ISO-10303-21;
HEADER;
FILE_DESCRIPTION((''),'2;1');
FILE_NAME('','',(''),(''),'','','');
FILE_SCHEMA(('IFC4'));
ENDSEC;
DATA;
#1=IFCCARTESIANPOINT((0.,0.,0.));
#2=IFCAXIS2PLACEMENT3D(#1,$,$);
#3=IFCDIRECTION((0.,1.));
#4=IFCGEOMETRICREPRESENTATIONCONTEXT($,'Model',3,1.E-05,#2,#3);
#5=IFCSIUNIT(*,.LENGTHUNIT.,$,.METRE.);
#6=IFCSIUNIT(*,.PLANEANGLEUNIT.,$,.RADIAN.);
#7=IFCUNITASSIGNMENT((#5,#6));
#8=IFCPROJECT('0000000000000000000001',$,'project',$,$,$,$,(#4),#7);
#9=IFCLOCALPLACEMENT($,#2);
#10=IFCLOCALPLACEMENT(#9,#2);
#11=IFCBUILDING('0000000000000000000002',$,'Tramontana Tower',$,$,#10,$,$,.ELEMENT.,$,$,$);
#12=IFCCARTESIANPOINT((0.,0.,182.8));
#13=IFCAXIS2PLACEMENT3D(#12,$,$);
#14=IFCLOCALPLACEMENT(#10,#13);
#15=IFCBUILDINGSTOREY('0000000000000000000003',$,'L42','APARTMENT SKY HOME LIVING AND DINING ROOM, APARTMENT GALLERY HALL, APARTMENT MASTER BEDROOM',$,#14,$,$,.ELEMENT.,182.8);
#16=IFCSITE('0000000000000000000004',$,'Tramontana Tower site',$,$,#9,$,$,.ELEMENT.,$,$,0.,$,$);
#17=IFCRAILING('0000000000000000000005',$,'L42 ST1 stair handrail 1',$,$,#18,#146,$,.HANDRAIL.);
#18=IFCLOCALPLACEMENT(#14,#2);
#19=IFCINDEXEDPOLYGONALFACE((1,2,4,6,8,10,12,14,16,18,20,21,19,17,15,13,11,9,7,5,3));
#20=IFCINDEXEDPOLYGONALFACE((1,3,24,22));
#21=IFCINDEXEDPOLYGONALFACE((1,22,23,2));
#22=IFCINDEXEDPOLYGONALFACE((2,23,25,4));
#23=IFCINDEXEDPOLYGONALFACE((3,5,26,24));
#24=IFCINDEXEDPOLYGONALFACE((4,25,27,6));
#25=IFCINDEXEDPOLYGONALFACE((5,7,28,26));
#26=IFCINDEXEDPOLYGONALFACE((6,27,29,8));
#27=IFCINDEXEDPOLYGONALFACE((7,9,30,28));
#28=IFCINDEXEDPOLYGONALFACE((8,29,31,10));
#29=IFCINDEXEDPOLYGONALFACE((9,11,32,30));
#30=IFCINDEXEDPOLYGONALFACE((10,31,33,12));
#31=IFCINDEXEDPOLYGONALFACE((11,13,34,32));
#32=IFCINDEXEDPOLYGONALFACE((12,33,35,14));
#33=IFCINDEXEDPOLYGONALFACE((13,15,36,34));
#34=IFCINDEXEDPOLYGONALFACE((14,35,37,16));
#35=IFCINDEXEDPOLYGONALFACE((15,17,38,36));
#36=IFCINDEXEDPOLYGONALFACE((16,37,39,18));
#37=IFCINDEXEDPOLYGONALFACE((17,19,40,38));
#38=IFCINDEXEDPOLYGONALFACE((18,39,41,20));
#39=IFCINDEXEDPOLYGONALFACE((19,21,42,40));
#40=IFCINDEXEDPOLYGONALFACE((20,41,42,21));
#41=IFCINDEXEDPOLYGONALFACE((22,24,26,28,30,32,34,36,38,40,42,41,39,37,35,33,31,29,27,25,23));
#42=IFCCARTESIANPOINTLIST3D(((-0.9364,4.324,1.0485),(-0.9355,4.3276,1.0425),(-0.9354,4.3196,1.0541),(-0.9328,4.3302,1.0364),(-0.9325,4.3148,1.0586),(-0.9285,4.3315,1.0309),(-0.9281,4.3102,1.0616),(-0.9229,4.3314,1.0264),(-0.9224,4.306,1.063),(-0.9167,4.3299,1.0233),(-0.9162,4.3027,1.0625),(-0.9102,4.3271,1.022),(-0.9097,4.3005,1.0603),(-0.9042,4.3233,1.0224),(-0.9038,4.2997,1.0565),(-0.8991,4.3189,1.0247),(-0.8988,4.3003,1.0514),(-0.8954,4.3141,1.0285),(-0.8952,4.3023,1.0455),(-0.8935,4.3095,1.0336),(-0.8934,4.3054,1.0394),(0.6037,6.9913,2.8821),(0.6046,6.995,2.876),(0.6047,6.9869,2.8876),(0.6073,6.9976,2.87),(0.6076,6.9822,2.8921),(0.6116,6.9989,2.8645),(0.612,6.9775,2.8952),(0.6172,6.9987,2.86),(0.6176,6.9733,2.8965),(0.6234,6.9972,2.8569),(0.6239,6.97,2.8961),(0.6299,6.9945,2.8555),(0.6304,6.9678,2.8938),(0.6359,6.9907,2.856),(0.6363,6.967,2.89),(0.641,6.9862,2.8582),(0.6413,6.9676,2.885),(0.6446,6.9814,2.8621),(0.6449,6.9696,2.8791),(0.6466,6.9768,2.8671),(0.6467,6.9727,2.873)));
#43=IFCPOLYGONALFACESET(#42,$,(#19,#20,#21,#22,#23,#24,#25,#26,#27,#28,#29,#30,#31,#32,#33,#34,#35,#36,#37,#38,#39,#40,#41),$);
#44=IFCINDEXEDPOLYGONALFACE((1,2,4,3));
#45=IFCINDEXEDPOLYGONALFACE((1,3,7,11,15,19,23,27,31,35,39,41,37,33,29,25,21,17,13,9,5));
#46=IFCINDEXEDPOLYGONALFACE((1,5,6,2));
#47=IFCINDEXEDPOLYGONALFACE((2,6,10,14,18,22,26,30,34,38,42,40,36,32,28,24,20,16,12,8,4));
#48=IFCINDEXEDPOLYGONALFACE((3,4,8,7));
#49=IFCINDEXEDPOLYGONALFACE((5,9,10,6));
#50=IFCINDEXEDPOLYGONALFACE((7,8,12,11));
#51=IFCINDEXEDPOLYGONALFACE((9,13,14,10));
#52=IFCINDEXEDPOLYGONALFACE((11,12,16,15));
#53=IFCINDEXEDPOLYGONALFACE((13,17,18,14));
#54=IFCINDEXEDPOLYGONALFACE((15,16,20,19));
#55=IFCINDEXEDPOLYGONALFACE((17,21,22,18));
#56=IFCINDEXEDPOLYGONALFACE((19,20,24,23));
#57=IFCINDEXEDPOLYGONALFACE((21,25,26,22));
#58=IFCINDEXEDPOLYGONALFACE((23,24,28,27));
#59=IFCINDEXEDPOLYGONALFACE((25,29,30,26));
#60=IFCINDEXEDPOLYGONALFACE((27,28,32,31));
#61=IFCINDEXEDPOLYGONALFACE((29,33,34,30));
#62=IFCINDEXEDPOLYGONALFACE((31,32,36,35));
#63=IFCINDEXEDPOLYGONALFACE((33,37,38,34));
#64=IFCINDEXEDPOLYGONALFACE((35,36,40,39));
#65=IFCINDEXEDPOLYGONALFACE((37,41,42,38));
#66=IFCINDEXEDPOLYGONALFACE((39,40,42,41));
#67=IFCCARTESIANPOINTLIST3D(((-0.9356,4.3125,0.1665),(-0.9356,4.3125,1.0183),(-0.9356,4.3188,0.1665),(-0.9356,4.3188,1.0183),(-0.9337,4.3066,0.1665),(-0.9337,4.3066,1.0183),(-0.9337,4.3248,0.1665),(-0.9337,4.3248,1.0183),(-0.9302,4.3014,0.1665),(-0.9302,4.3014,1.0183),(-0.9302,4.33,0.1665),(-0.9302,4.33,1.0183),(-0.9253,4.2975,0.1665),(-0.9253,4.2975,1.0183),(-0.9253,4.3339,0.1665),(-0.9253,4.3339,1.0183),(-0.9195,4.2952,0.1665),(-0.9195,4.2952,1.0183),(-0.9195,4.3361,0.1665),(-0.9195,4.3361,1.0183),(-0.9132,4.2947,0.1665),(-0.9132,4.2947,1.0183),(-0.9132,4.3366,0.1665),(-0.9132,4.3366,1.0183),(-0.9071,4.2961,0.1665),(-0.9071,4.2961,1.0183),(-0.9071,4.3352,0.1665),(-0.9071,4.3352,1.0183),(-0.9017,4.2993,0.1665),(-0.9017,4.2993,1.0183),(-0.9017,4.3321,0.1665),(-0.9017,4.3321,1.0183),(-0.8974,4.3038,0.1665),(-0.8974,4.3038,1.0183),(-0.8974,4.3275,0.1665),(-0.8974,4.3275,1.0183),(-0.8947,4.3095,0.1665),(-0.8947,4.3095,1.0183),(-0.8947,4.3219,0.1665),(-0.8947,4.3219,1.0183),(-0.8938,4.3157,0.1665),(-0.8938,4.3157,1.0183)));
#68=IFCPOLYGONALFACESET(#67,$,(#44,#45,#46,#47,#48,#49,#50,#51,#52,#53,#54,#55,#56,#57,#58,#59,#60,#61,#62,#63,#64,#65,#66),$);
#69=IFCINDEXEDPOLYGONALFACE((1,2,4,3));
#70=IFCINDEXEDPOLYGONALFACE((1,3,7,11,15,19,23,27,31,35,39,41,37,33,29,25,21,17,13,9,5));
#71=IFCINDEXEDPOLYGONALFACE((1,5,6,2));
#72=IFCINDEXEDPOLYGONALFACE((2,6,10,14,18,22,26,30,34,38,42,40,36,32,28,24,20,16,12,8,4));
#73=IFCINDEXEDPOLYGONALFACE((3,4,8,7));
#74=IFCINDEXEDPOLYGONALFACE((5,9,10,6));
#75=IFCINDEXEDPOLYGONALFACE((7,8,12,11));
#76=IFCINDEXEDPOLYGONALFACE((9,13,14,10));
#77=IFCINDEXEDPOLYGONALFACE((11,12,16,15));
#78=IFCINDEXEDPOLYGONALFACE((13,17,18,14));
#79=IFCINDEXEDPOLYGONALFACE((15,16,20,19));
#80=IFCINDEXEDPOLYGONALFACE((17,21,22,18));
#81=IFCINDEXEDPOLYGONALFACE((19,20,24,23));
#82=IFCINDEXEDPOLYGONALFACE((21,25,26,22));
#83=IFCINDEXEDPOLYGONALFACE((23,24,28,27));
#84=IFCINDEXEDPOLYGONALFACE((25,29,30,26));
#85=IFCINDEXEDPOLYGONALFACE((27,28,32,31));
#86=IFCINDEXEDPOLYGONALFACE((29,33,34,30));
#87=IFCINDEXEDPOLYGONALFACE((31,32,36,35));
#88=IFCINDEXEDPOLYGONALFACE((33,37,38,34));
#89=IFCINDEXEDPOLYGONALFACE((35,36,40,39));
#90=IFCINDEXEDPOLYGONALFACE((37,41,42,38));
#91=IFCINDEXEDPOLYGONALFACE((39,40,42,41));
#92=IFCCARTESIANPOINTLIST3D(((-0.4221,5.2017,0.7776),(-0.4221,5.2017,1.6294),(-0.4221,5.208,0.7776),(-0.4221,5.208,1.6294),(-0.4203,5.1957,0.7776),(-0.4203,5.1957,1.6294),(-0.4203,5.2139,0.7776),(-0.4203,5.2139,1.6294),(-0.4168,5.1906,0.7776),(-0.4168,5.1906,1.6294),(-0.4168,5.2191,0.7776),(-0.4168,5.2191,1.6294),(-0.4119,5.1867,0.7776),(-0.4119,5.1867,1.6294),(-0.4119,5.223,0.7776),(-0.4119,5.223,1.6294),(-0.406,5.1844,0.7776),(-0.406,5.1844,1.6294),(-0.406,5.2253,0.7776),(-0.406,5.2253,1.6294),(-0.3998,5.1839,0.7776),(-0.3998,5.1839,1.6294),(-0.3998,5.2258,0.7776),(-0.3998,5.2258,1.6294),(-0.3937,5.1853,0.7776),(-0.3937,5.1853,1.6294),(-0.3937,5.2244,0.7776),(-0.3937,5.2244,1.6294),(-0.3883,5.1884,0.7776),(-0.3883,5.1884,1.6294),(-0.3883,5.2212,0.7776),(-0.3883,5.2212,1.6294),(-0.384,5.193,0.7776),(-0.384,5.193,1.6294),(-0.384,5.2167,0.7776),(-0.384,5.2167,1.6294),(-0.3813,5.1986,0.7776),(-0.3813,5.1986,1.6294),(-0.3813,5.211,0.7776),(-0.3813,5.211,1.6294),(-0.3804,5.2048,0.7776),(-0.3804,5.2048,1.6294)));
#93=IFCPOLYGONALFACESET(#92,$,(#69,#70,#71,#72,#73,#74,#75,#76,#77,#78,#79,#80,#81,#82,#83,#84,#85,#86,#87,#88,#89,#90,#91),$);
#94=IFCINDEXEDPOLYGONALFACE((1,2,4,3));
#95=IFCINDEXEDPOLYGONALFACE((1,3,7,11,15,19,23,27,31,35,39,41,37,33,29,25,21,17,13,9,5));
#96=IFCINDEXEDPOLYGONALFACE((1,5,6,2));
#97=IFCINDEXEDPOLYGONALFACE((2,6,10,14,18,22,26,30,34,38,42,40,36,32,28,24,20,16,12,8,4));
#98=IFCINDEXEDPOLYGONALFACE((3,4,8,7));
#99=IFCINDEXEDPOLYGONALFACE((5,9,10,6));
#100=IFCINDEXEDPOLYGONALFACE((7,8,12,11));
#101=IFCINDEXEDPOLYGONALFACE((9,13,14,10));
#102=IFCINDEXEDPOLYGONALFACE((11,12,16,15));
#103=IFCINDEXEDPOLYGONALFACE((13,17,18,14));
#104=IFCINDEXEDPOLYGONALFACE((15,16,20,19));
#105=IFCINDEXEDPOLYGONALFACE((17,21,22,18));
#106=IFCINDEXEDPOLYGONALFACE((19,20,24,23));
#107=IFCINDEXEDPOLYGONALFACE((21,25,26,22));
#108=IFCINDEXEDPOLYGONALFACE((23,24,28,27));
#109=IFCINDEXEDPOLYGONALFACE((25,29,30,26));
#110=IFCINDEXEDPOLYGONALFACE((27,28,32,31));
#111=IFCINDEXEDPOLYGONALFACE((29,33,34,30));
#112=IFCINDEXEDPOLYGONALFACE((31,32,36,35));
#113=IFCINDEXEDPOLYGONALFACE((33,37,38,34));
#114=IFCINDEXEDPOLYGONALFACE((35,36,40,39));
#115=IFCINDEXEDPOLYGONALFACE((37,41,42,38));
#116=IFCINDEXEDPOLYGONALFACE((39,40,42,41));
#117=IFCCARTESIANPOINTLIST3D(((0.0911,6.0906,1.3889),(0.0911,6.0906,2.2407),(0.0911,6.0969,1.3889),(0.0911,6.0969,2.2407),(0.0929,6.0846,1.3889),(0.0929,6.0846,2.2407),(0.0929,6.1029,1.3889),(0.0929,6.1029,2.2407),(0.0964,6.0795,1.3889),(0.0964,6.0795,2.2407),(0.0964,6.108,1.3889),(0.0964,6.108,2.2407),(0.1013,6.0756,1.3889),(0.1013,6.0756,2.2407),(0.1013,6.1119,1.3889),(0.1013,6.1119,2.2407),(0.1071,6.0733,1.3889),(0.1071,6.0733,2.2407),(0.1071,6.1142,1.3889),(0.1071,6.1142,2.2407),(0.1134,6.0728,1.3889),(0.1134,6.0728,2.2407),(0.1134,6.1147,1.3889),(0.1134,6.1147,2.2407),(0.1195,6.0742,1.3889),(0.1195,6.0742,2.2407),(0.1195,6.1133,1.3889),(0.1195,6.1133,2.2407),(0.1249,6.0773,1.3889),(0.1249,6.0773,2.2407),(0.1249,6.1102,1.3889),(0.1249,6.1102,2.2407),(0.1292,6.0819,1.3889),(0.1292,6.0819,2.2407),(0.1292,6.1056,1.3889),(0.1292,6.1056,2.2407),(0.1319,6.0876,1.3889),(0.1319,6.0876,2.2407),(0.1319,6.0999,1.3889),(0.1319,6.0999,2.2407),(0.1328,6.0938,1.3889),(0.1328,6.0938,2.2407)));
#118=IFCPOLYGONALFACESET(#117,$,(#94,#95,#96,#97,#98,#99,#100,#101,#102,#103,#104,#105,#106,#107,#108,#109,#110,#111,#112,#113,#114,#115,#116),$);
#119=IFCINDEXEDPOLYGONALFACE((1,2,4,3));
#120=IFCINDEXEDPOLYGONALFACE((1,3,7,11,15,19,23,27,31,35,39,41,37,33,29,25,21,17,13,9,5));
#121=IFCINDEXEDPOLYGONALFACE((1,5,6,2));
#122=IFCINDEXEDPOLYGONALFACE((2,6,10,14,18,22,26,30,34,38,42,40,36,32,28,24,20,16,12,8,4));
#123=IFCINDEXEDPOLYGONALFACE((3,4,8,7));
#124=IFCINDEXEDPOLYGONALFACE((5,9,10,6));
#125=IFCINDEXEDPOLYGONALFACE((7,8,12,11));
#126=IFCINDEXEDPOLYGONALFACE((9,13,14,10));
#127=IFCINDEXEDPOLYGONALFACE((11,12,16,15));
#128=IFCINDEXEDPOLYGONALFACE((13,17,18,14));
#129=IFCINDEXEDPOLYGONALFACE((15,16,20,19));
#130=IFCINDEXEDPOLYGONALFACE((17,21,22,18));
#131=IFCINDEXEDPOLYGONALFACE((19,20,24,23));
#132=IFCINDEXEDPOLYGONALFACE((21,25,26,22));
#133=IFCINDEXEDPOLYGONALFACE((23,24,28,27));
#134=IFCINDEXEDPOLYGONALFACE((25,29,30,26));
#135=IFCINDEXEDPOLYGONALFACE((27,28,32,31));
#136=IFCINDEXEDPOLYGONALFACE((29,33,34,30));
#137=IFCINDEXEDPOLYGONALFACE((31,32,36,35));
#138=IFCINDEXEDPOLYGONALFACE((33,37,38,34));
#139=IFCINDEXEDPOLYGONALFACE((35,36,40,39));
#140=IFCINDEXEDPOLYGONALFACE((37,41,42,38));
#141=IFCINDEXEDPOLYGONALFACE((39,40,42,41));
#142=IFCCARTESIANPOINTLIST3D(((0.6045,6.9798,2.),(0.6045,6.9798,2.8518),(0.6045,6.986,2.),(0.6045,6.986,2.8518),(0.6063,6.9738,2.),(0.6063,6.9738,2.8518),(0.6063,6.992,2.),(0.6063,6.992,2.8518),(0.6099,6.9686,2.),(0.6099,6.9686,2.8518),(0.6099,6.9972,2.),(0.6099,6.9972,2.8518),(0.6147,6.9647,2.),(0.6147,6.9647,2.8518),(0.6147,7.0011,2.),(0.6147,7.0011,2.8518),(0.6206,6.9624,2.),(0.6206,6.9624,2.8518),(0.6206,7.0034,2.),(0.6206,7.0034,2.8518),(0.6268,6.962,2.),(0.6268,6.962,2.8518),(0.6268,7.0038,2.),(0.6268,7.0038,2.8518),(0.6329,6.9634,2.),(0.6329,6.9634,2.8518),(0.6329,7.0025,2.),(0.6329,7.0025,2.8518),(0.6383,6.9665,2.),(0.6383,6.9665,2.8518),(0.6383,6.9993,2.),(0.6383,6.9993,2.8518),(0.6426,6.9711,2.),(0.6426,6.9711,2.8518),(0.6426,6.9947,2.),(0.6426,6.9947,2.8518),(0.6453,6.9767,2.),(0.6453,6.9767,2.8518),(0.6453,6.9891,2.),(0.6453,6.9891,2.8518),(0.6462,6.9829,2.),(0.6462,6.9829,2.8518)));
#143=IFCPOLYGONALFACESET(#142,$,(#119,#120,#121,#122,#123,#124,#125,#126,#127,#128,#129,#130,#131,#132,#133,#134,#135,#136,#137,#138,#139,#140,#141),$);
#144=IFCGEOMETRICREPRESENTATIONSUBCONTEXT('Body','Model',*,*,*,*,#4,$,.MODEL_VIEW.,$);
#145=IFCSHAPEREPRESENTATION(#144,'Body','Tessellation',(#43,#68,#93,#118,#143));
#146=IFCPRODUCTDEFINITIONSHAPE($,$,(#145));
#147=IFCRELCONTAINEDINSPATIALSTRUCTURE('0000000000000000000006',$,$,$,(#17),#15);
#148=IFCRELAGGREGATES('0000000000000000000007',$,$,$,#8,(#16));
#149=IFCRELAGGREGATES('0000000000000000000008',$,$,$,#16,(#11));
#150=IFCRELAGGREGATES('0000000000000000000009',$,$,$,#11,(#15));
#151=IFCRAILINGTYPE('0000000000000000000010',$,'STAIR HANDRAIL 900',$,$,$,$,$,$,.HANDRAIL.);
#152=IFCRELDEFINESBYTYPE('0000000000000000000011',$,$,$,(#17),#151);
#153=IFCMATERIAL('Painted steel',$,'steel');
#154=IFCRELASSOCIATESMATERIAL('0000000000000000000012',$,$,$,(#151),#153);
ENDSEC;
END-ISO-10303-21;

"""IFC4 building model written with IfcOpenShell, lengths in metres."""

from ifc_helpers import new_model, si_unit, direction, frame, origin, origin_2d, place, context, subcontext, project, spatial, circle, extrude, material, type_object, element, save


model = new_model("IFC4")

# Units and contexts
model_context = context("Model", 3, precision=1e-05, world=origin(), true_north=direction((0.0, 1.0)))
body_context = subcontext(model_context, "Body", "Model", "MODEL_VIEW")
ifc_project = project(units=[si_unit("LENGTHUNIT", "METRE"), si_unit("PLANEANGLEUNIT", "RADIAN")], contexts=[model_context])

# Site, building, storey
site_placement = place(None, origin())
site = spatial("IfcSite", under=ifc_project, at=site_placement, Name="Tramontana Tower site", CompositionType="ELEMENT", RefElevation=0.0)
building_placement = place(site_placement, origin())
building = spatial("IfcBuilding", under=site, at=building_placement, Name="Tramontana Tower", CompositionType="ELEMENT")
storey_placement = place(building_placement, frame((0.0, 0.0, 182.8)))
storey = spatial("IfcBuildingStorey", under=building, at=storey_placement, Name="L42", Description="APARTMENT SKY HOME LIVING AND DINING ROOM, APARTMENT GALLERY HALL, APARTMENT MASTER BEDROOM", CompositionType="ELEMENT", Elevation=182.8)

# Railing
ifc_material_1 = material(Name="Painted steel", Category="steel")
railing_type_1 = type_object("IfcRailingType", Name="STAIR HANDRAIL 900", PredefinedType="HANDRAIL", material=ifc_material_1)
railing_1_placement = place(storey_placement, frame((-0.9148, 4.3157, 0.1665)))
element("IfcRailing", 1, at=railing_1_placement, inside=storey, type_object=railing_type_1, Name="L42 ST1 stair handrail 1", PredefinedType="HANDRAIL", context=body_context, shape_type="SweptSolid", body=[
    extrude(circle(Radius=0.0239, at=origin_2d()), frame((0.0, 0.0, 0.876), z_axis=(0.429656, 0.744134, 0.511528), x_axis=(-0.86601, 0.500027, 0.0)), (0.0, 0.0, 1.0), 3.5845),
    extrude(circle(Radius=0.021, at=origin_2d()), origin(), (0.0, 0.0, 1.0), 0.8518),
    extrude(circle(Radius=0.021, at=origin_2d()), frame((0.5134, 0.8892, 0.6111)), (0.0, 0.0, 1.0), 0.8518),
    extrude(circle(Radius=0.021, at=origin_2d()), frame((1.0266, 1.7781, 1.2224)), (0.0, 0.0, 1.0), 0.8518),
    extrude(circle(Radius=0.021, at=origin_2d()), frame((1.54, 2.6672, 1.8335)), (0.0, 0.0, 1.0), 0.8518),
])

save(model, "model.ifc")
